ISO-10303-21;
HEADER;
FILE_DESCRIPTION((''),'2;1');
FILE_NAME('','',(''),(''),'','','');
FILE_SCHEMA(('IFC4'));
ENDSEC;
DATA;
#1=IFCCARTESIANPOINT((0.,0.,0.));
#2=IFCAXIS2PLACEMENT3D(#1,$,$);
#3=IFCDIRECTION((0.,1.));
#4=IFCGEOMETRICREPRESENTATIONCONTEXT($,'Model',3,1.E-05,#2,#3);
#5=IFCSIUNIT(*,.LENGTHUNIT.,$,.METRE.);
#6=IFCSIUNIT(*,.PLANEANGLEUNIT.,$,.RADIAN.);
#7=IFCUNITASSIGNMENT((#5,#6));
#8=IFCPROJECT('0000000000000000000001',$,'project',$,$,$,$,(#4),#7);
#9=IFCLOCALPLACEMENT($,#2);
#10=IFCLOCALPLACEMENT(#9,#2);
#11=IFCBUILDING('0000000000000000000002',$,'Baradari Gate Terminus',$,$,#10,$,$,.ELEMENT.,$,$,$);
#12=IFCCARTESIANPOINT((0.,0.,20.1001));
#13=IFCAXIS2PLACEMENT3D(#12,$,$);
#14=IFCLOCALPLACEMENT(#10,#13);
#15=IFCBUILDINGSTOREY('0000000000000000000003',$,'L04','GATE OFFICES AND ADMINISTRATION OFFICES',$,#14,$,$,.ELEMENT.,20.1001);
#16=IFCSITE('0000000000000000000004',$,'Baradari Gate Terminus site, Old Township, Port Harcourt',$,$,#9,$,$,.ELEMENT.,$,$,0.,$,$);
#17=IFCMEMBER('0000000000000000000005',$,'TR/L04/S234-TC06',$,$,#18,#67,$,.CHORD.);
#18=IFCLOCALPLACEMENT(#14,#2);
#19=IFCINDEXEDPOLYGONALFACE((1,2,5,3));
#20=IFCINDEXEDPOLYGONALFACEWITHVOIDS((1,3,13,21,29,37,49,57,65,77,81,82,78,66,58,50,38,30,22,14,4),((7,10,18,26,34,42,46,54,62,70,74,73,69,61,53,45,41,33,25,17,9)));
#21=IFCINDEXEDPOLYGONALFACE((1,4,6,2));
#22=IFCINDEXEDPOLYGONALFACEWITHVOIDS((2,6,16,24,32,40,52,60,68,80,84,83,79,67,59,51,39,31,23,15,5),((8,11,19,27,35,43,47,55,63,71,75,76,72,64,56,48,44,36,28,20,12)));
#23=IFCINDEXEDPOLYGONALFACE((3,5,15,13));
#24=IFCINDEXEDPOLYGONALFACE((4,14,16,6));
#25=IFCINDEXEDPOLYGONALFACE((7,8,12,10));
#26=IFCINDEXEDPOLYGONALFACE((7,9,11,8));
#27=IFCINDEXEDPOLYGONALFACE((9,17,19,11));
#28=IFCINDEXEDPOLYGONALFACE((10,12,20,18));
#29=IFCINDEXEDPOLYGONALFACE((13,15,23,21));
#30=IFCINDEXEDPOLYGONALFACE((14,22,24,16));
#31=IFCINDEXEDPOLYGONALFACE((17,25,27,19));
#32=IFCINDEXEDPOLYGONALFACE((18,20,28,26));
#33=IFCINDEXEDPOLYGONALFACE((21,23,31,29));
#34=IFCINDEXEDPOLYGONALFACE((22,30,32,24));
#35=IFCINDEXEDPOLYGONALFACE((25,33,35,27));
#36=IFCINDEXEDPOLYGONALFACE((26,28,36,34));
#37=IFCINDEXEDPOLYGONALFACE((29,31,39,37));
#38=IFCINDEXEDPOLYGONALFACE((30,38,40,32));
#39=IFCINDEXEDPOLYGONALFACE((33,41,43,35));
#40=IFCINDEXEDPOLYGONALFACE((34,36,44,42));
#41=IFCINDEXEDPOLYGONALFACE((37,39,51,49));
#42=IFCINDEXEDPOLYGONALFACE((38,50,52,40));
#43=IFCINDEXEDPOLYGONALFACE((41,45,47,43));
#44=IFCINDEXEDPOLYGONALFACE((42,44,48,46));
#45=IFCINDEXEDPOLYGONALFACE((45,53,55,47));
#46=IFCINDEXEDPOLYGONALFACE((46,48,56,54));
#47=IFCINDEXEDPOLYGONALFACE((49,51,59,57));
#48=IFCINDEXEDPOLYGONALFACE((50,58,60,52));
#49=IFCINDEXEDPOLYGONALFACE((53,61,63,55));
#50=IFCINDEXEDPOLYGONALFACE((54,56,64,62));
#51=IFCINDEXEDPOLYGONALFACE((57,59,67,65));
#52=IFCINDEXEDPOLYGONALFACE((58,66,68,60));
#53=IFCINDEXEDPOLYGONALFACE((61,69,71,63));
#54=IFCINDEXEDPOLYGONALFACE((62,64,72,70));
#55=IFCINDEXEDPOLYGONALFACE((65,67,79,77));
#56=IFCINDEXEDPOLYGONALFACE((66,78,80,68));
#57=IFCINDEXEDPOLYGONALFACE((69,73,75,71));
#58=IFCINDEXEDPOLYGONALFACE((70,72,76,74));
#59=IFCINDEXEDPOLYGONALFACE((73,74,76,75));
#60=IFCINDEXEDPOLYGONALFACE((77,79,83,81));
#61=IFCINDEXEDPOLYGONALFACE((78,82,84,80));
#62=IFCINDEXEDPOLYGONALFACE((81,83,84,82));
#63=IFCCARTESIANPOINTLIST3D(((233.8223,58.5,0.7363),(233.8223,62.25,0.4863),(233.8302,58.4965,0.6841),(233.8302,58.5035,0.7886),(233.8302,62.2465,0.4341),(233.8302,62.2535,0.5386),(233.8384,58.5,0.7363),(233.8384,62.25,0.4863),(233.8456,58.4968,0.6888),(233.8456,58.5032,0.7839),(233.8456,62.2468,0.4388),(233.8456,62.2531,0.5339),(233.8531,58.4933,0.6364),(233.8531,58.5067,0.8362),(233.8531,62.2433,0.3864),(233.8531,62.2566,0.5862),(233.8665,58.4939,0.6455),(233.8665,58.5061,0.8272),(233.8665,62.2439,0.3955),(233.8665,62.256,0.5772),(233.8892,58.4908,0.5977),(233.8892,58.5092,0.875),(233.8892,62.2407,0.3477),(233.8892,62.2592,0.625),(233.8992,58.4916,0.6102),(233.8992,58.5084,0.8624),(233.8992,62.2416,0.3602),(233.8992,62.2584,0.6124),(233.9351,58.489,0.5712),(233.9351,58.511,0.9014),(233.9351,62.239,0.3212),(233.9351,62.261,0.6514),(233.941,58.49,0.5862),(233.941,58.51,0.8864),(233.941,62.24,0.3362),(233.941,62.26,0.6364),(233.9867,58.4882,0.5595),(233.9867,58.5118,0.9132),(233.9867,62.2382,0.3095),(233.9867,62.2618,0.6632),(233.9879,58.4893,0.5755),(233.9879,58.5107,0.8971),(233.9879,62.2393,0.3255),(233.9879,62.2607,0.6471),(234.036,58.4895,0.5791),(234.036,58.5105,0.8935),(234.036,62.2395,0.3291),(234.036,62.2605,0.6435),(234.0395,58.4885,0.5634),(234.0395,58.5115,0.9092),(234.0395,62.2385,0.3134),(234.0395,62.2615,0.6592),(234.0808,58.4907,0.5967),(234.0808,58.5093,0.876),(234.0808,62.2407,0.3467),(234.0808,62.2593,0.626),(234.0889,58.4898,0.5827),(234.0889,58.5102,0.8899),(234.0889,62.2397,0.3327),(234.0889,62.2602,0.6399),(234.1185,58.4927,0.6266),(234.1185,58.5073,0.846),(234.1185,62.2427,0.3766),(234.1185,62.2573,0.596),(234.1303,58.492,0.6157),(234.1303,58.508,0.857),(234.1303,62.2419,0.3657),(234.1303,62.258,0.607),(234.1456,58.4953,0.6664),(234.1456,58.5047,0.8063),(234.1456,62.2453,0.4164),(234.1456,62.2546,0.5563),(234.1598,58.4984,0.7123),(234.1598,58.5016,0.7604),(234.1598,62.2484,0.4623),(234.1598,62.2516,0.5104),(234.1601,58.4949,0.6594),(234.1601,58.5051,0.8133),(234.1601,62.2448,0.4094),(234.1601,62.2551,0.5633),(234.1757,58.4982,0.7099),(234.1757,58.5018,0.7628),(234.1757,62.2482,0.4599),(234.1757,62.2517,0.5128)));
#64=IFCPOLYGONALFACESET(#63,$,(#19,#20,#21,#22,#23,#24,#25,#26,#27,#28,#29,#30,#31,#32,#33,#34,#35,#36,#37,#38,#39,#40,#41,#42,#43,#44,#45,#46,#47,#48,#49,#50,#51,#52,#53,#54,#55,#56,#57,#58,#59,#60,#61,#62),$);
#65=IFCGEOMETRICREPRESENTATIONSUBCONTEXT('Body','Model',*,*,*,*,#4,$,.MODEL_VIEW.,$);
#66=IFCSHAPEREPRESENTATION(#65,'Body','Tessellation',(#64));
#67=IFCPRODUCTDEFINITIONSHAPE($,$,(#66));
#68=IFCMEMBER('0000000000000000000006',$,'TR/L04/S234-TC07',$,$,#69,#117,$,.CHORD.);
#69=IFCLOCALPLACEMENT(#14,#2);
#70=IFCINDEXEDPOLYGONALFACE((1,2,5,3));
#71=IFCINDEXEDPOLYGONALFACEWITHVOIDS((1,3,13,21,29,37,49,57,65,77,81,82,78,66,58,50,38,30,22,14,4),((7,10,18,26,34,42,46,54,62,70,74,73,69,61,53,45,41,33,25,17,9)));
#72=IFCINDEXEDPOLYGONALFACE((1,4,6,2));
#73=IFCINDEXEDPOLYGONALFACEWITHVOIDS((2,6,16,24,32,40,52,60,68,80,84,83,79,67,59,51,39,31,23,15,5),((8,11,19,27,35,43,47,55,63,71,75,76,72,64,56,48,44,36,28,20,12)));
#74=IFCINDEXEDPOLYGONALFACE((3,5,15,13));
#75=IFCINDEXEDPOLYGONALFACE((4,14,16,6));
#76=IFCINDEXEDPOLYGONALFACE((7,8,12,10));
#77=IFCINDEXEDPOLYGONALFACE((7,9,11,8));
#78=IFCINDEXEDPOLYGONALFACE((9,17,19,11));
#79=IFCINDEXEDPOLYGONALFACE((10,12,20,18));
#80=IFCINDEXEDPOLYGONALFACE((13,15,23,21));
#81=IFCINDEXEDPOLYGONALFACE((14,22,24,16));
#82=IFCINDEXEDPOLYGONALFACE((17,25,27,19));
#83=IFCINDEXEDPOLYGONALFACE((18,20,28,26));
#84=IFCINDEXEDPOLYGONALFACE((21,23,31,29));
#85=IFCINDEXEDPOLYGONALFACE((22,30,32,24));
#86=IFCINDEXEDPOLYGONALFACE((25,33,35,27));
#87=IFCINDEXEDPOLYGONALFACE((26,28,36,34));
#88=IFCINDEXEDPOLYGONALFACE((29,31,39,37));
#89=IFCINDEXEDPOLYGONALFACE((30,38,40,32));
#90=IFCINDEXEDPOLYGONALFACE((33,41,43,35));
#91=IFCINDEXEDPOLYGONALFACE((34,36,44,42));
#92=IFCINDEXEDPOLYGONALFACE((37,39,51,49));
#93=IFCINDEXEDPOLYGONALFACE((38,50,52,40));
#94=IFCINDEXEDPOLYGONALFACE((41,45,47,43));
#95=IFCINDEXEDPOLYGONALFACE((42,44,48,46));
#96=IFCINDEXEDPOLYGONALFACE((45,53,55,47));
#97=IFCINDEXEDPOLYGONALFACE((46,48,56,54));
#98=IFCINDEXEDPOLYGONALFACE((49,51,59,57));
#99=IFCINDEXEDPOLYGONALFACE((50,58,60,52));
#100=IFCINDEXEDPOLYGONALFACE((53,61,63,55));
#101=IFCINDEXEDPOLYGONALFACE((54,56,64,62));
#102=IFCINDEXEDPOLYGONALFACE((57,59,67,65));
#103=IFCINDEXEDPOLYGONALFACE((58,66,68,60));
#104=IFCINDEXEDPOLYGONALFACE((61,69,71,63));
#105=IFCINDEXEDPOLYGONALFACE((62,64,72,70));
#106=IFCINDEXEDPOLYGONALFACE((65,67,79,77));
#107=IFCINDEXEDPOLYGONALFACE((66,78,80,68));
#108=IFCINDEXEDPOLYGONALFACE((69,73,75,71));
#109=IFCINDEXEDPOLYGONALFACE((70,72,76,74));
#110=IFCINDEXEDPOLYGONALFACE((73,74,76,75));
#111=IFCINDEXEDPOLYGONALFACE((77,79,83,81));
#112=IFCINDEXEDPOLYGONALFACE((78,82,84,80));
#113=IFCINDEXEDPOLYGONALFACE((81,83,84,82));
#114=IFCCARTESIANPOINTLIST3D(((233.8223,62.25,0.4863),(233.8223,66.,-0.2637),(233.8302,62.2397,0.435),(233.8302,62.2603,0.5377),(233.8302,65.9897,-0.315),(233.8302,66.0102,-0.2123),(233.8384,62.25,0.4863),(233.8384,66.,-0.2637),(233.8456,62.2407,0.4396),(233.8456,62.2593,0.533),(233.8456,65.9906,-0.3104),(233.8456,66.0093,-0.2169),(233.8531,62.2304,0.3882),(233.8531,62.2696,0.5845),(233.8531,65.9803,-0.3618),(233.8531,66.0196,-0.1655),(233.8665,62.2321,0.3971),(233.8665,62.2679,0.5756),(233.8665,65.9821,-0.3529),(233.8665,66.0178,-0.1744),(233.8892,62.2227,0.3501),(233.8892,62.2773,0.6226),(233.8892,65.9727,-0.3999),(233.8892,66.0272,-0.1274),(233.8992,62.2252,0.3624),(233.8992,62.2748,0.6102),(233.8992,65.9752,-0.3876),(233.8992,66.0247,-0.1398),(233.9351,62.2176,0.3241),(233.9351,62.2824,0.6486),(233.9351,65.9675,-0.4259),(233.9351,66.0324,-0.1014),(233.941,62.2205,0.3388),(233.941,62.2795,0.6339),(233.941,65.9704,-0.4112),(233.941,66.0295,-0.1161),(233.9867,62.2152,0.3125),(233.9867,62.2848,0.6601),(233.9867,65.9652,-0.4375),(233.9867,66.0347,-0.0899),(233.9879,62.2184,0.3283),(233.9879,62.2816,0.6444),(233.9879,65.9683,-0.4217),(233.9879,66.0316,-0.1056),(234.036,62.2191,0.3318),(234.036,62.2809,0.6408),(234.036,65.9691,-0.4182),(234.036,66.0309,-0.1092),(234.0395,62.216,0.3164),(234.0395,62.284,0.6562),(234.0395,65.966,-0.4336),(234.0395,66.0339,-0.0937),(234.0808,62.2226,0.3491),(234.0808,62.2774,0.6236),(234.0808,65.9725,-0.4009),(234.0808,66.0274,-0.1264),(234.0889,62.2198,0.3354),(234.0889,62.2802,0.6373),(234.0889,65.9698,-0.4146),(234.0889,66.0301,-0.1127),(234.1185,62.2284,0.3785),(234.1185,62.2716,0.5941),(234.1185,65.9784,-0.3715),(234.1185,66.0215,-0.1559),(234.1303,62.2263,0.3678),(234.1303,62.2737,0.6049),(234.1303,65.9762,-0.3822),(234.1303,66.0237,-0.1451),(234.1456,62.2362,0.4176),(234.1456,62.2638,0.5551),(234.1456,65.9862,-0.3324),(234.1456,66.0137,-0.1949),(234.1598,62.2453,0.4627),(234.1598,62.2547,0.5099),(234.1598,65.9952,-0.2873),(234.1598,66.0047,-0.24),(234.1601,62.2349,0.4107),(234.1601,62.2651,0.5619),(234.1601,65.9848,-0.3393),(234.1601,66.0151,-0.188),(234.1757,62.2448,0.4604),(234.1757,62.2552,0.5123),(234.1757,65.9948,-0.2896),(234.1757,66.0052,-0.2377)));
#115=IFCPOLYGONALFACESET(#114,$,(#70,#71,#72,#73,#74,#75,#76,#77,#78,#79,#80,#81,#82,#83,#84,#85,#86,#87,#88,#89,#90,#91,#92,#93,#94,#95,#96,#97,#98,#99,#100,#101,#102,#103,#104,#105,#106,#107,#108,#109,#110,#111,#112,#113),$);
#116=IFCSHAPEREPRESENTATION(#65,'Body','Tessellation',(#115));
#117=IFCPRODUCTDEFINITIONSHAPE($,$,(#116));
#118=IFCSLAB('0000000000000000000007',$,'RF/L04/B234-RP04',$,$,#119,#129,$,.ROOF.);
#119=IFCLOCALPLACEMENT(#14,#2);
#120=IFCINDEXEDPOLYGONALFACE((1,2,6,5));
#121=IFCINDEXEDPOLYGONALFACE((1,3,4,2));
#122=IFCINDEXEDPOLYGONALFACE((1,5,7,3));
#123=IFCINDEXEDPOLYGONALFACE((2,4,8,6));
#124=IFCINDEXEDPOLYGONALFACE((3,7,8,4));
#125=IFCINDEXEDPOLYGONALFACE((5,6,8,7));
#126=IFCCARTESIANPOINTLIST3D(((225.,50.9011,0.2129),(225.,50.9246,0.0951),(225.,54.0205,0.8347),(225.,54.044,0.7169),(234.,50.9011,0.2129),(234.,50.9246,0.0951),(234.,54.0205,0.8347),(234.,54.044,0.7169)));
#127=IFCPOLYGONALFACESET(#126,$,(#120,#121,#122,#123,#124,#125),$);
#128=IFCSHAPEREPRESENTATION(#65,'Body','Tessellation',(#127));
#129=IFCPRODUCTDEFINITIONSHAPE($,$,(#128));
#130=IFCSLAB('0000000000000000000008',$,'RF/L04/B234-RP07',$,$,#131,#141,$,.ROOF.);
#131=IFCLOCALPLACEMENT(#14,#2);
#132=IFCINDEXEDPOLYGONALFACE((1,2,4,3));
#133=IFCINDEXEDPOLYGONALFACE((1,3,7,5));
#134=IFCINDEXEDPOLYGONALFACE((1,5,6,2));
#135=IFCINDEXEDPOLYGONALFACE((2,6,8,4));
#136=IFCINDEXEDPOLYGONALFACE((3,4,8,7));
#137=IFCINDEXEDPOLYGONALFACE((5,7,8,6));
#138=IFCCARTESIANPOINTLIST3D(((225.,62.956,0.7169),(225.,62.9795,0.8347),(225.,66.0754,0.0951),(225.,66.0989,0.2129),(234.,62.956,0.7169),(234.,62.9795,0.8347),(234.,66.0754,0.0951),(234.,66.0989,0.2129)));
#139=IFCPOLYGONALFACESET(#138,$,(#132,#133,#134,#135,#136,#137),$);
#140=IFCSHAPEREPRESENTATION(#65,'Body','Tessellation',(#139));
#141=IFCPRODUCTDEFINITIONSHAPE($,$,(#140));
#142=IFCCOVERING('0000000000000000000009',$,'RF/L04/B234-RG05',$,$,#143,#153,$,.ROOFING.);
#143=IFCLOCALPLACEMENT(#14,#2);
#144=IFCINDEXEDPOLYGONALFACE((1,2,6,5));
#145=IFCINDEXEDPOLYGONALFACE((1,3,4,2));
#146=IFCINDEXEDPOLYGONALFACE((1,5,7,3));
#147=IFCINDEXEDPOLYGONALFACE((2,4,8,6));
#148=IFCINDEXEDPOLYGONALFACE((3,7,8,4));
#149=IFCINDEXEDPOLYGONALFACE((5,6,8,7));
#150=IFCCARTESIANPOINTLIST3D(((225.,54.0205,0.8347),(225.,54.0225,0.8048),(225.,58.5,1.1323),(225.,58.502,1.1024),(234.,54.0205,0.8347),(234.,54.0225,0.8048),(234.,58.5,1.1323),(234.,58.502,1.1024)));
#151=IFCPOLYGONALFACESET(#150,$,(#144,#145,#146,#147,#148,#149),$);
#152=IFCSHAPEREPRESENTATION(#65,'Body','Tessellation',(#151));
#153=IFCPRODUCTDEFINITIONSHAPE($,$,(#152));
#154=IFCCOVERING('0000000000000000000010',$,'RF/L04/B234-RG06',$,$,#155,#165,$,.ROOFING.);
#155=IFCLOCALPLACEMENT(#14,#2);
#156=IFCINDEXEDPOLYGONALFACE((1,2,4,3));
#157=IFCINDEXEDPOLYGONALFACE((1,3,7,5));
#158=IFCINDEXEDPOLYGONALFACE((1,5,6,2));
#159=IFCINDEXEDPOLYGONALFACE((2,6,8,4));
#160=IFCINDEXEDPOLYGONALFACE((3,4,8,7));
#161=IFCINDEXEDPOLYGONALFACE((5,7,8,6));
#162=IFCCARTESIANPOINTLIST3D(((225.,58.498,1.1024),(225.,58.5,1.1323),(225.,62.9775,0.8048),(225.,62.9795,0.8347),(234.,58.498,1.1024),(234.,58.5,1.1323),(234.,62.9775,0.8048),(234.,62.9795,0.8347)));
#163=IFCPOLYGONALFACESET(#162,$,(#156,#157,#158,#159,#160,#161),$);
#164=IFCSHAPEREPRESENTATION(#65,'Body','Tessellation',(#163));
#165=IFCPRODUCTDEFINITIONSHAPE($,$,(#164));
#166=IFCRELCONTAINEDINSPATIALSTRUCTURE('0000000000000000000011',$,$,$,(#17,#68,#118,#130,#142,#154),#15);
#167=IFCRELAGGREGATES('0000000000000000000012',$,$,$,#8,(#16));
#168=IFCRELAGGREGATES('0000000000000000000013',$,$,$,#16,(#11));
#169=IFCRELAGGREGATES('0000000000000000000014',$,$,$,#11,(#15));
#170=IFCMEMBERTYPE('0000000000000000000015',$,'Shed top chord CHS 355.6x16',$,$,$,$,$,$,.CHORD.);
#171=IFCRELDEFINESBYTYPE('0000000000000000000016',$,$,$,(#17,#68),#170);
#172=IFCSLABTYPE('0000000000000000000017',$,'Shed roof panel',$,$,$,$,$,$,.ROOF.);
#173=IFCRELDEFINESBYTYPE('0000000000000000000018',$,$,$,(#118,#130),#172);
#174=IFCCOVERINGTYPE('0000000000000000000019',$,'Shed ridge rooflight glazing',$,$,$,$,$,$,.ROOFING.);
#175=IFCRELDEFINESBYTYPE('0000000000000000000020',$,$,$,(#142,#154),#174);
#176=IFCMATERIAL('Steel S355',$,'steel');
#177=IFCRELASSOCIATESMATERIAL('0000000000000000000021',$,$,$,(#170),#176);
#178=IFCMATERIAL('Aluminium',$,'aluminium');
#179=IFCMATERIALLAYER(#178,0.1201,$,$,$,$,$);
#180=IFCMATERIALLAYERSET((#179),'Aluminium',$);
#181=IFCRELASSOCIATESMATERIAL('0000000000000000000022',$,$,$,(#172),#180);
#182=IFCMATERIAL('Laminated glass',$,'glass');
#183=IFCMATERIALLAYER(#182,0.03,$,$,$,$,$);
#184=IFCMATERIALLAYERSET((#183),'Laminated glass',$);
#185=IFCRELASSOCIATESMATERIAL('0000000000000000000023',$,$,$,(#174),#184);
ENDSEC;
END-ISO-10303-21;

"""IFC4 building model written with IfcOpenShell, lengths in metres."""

from ifc_helpers import new_model, si_unit, direction, frame, origin, origin_2d, place, context, subcontext, project, spatial, polyline, hollow_circle, outline, extrude, material, layer, layer_set, material_profile, profile_set, type_object, element, save


model = new_model("IFC4")

# Units and contexts
model_context = context("Model", 3, precision=1e-05, world=origin(), true_north=direction((0.0, 1.0)))
body_context = subcontext(model_context, "Body", "Model", "MODEL_VIEW")
ifc_project = project(units=[si_unit("LENGTHUNIT", "METRE"), si_unit("PLANEANGLEUNIT", "RADIAN")], contexts=[model_context])

# Site, building, storey
site_placement = place(None, origin())
site = spatial("IfcSite", under=ifc_project, at=site_placement, Name="Baradari Gate Terminus site, Old Township, Port Harcourt", CompositionType="ELEMENT", RefElevation=0.0)
building_placement = place(site_placement, origin())
building = spatial("IfcBuilding", under=site, at=building_placement, Name="Baradari Gate Terminus", CompositionType="ELEMENT")
storey_placement = place(building_placement, frame((0.0, 0.0, 20.1001)))
storey = spatial("IfcBuildingStorey", under=building, at=storey_placement, Name="L04", Description="GATE OFFICES AND ADMINISTRATION OFFICES", CompositionType="ELEMENT", Elevation=20.1001)

# Members
ifc_material_1 = material(Name="Steel S355", Category="steel")
ifc_material_profile_1 = material_profile(ifc_material_1, hollow_circle(Radius=0.1777, WallThickness=0.0161, at=origin_2d()), Name="CHS 355.6x16")
ifc_profile_set_1 = profile_set([ifc_material_profile_1], Name="Steel S355")
member_type_1 = type_object("IfcMemberType", Name="Shed top chord CHS 355.6x16", PredefinedType="CHORD", material=ifc_profile_set_1)
for number, where, z_axis, x_axis, name in (
    (1, (234.0, 58.5, 0.7363), (0.0, 0.997785, -0.066519), (-1.0, 0.0, 0.0), "TR/L04/S234-TC06"),
):
    element("IfcMember", number, at=place(storey_placement, frame(where, z_axis=z_axis, x_axis=x_axis)), inside=storey, type_object=member_type_1, Name=name, PredefinedType="CHORD", context=body_context, shape_type="SweptSolid", body=[
        extrude(hollow_circle(Radius=0.1777, WallThickness=0.0161, at=origin_2d()), origin(), (0.0, 0.0, 1.0), 3.7583),
    ])
member_1_placement = place(storey_placement, frame((234.0, 62.25, 0.4863), z_axis=(0.0, 0.980581, -0.196116), x_axis=(-1.0, 0.0, 0.0)))
element("IfcMember", 2, at=member_1_placement, inside=storey, type_object=member_type_1, Name="TR/L04/S234-TC07", PredefinedType="CHORD", context=body_context, shape_type="SweptSolid", body=[
    extrude(hollow_circle(Radius=0.1777, WallThickness=0.0161, at=origin_2d()), origin(), (0.0, 0.0, 1.0), 3.8242),
])

# Slabs
ifc_material_2 = material(Name="Aluminium", Category="aluminium")
ifc_layer_1 = layer(ifc_material_2, 0.1201)
ifc_layer_set_1 = layer_set([ifc_layer_1], Name="Aluminium")
slab_type = type_object("IfcSlabType", Name="Shed roof panel", PredefinedType="ROOF", material=ifc_layer_set_1)
for number, where, z_axis, x_axis, name in (
    (3, (225.0, 50.9011, 0.2129), (0.0, -0.195496, 0.980704), (1.0, 0.0, 0.0), "RF/L04/B234-RP04"),
    (4, (225.0, 62.9795, 0.8347), (0.0, 0.195496, 0.980704), (1.0, 0.0, 0.0), "RF/L04/B234-RP07"),
):
    element("IfcSlab", number, at=place(storey_placement, frame(where, z_axis=z_axis, x_axis=x_axis)), inside=storey, type_object=slab_type, Name=name, PredefinedType="ROOF", context=body_context, shape_type="SweptSolid", body=[
        extrude(outline(polyline([(0.0, 0.0), (9.0, 0.0), (9.0, 3.1808), (0.0, 3.1808), (0.0, 0.0)])), origin(), (0.0, 0.0, -1.0), 0.1201),
    ])

# Coverings
ifc_material_3 = material(Name="Laminated glass", Category="glass")
ifc_layer_2 = layer(ifc_material_3, 0.03)
ifc_layer_set_2 = layer_set([ifc_layer_2], Name="Laminated glass")
covering_type = type_object("IfcCoveringType", Name="Shed ridge rooflight glazing", PredefinedType="ROOFING", material=ifc_layer_set_2)
for number, where, z_axis, x_axis, name in (
    (5, (225.0, 54.0205, 0.8347), (0.0, -0.066292, 0.9978), (1.0, 0.0, 0.0), "RF/L04/B234-RG05"),
    (6, (225.0, 58.5, 1.1323), (0.0, 0.066292, 0.9978), (1.0, 0.0, 0.0), "RF/L04/B234-RG06"),
):
    element("IfcCovering", number, at=place(storey_placement, frame(where, z_axis=z_axis, x_axis=x_axis)), inside=storey, type_object=covering_type, Name=name, PredefinedType="ROOFING", context=body_context, shape_type="SweptSolid", body=[
        extrude(outline(polyline([(0.0, 0.0), (9.0, 0.0), (9.0, 4.4894), (0.0, 4.4894), (0.0, 0.0)])), origin(), (0.0, 0.0, -1.0), 0.03),
    ])

save(model, "model.ifc")
